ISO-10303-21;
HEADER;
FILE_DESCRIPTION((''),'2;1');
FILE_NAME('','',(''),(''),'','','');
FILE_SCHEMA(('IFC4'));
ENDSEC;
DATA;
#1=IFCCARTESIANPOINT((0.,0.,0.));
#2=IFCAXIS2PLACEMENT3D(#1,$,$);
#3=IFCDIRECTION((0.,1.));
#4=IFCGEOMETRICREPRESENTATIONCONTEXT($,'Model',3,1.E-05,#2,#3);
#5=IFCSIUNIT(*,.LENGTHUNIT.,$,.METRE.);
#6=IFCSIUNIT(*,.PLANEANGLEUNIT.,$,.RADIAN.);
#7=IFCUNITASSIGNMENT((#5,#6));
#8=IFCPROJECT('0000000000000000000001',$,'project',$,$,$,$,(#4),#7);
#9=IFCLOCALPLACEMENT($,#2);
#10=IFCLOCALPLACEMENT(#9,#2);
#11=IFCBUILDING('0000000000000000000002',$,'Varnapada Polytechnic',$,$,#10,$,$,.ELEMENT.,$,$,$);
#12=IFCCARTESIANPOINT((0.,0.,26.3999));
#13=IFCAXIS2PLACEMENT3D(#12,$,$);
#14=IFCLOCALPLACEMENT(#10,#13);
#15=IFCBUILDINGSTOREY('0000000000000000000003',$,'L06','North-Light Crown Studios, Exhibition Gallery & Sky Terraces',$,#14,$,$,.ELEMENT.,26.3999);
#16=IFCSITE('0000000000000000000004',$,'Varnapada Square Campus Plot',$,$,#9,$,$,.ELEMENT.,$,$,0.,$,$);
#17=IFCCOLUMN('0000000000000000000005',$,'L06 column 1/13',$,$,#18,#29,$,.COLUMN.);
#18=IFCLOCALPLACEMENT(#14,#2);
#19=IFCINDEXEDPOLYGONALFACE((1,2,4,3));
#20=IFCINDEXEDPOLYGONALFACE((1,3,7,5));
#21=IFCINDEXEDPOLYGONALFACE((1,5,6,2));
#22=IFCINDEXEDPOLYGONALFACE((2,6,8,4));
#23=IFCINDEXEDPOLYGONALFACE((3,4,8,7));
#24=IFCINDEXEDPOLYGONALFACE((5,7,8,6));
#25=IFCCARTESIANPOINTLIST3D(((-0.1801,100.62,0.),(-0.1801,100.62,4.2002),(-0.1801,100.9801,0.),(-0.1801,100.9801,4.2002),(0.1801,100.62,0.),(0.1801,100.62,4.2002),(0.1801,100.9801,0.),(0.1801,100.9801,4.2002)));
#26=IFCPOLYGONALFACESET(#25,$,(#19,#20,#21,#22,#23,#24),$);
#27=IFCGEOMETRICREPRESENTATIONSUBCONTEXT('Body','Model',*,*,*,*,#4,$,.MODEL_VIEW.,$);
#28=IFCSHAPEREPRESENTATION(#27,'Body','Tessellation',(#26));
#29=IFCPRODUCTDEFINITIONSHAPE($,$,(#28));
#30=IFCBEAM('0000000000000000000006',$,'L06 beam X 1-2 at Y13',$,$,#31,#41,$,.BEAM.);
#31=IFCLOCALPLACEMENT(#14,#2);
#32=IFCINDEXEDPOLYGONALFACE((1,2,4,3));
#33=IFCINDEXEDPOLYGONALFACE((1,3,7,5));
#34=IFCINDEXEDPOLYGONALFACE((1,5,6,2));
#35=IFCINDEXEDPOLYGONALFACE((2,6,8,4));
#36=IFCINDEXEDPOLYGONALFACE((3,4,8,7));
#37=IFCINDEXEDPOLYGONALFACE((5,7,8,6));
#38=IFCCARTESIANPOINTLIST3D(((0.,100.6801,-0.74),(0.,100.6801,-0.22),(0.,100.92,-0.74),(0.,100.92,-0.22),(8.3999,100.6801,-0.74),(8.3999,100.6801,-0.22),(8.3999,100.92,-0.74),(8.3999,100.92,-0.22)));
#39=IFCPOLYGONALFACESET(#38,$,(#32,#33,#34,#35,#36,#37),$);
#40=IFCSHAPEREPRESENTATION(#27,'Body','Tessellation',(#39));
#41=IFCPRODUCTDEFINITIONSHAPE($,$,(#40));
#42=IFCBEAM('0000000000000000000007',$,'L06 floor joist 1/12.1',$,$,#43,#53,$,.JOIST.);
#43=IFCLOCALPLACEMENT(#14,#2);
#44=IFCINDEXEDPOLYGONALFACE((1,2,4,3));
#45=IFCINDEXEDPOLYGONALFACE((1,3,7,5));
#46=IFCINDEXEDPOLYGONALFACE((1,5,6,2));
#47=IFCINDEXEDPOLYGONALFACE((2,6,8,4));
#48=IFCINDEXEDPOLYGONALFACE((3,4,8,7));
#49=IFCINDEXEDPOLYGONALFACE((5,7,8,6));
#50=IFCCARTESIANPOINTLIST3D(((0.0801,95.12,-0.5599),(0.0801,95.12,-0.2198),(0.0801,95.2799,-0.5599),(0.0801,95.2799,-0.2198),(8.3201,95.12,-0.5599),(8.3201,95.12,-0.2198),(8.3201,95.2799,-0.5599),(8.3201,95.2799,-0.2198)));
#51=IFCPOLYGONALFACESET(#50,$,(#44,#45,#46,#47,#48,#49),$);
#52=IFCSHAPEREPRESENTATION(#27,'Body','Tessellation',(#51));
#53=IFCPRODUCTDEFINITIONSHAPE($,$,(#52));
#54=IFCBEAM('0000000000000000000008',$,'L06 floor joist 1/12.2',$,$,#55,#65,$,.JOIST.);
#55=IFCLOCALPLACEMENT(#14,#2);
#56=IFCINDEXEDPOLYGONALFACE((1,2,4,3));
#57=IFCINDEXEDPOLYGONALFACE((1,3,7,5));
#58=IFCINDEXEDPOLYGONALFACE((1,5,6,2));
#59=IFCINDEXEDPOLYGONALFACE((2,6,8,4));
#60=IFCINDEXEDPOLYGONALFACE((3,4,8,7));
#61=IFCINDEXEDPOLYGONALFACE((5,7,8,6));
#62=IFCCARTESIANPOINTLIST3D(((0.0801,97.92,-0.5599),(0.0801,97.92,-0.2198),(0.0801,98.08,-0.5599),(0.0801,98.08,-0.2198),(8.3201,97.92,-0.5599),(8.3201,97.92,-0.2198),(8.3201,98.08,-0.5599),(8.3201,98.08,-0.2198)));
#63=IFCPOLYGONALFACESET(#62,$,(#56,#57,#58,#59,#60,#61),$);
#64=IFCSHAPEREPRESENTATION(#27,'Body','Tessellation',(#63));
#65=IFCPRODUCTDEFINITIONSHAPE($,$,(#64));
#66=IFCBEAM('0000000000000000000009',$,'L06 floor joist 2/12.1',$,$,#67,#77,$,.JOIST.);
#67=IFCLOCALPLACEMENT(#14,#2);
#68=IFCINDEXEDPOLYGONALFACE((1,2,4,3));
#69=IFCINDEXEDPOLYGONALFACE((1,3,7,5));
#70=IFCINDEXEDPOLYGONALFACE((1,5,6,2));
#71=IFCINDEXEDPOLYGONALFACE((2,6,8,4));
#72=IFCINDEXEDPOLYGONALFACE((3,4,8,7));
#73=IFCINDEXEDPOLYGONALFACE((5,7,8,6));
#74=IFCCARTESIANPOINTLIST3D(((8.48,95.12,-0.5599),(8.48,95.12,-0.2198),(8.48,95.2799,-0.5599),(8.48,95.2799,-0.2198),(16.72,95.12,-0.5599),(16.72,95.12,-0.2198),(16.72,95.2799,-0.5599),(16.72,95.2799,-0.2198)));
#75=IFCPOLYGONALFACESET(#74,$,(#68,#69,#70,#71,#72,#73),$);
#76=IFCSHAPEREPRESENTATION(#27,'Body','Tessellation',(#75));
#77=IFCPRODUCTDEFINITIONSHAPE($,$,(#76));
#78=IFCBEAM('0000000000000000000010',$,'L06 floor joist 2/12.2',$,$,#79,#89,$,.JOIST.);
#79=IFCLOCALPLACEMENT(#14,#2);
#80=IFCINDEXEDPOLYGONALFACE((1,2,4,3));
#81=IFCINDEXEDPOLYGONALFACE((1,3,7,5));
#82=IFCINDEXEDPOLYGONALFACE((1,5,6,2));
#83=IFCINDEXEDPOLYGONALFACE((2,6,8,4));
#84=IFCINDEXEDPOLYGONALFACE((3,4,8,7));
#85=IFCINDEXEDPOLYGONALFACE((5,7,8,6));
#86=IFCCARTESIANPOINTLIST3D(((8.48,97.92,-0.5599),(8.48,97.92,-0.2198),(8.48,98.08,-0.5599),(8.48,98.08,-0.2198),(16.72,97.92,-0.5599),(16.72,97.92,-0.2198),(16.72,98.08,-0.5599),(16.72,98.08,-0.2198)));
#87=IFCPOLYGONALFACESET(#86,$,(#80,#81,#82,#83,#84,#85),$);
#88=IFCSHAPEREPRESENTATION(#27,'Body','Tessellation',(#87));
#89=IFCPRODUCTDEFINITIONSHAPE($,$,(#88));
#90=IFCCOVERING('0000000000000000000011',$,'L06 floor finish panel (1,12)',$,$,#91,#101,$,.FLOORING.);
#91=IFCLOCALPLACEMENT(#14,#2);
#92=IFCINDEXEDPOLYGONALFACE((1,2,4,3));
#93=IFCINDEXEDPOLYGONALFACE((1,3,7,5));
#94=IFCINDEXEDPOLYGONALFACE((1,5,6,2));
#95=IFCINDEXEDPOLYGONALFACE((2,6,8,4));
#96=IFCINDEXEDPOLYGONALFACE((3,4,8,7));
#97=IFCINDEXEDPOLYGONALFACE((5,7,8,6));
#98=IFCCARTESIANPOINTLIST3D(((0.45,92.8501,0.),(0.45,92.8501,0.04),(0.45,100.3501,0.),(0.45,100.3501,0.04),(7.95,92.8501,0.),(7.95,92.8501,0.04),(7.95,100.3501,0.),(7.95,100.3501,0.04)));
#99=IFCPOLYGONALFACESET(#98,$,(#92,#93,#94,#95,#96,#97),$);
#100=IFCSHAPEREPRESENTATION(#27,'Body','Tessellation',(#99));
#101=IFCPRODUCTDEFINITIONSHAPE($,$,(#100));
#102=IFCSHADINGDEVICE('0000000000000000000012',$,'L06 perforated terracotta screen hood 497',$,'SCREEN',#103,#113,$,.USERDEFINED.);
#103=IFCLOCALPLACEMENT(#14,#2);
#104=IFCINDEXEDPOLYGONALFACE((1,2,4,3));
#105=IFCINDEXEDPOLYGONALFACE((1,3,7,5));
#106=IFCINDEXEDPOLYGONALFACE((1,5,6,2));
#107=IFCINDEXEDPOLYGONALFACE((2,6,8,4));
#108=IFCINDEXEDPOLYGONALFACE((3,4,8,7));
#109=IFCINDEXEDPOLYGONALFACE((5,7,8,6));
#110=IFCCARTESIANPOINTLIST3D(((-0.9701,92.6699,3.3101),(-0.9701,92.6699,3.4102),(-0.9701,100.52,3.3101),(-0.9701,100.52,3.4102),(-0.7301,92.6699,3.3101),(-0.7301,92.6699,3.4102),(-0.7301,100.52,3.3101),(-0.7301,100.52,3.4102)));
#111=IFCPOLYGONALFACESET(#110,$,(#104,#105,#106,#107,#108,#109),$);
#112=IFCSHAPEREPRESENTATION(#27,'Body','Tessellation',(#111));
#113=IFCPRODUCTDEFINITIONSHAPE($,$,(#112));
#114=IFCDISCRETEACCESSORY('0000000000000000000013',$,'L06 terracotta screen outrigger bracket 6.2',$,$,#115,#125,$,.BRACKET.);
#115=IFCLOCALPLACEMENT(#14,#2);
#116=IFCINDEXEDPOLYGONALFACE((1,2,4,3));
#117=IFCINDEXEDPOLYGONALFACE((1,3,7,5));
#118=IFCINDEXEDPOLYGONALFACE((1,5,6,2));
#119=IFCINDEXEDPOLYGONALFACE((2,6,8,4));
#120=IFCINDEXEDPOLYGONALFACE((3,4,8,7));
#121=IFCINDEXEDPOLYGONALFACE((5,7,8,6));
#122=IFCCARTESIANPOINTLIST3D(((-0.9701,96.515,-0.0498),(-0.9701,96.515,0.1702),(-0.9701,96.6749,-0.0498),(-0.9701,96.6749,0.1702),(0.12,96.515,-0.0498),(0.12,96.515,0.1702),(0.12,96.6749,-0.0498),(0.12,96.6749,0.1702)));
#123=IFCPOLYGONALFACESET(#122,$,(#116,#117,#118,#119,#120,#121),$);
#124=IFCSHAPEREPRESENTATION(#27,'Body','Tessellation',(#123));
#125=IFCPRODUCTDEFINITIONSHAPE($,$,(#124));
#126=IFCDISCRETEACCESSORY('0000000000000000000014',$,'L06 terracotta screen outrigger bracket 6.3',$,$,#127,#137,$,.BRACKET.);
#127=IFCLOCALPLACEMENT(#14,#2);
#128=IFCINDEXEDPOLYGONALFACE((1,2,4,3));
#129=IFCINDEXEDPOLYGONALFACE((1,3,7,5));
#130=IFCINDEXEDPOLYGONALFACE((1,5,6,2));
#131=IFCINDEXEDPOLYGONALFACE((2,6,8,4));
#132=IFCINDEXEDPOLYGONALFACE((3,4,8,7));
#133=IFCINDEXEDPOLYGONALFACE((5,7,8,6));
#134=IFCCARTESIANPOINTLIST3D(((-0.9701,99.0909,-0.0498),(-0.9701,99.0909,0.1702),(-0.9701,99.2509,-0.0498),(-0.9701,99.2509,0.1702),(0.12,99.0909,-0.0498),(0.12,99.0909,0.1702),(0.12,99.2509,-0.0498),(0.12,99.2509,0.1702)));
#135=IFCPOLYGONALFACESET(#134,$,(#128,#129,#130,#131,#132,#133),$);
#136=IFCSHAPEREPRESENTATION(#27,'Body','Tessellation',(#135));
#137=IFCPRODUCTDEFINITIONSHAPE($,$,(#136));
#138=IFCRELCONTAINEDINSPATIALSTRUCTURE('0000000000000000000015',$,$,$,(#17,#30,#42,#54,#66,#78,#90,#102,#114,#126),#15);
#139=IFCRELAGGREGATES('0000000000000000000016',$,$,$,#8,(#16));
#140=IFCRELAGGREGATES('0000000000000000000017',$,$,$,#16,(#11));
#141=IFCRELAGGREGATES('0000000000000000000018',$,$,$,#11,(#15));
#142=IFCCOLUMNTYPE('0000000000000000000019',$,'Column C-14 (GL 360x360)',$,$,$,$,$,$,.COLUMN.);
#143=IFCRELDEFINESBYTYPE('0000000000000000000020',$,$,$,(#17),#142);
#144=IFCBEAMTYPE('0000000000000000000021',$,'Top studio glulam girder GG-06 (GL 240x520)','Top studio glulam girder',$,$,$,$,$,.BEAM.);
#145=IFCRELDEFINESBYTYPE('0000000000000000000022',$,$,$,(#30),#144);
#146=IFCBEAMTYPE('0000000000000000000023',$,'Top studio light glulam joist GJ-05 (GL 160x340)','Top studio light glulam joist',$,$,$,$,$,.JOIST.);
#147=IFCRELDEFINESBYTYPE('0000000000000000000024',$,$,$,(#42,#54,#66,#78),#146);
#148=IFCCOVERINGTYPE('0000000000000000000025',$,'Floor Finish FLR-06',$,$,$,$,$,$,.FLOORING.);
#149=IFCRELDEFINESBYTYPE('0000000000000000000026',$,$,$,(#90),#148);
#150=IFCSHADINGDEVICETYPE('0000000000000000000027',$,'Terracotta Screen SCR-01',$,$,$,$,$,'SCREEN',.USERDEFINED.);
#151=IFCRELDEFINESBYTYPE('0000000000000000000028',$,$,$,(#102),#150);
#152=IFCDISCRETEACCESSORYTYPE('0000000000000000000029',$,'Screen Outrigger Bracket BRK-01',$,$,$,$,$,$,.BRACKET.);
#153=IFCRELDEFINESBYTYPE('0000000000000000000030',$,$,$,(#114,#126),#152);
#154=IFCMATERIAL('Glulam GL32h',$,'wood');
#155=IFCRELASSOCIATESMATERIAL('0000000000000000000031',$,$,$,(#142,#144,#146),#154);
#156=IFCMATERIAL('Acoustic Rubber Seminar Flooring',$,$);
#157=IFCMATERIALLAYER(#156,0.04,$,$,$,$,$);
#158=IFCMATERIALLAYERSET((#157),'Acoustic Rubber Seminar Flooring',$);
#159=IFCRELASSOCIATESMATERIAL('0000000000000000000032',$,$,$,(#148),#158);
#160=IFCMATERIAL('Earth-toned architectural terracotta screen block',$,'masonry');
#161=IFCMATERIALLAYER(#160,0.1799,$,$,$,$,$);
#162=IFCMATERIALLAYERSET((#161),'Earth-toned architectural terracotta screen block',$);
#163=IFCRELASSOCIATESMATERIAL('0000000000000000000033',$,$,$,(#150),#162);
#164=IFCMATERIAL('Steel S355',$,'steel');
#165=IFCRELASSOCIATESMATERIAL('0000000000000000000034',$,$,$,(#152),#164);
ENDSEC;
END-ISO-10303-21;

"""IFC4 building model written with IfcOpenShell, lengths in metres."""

from ifc_helpers import new_model, si_unit, direction, frame, origin, origin_2d, place, context, subcontext, project, spatial, rectangle, extrude, material, layer, layer_set, material_profile, profile_set, type_object, element, save


model = new_model("IFC4")

# Units and contexts
model_context = context("Model", 3, precision=1e-05, world=origin(), true_north=direction((0.0, 1.0)))
body_context = subcontext(model_context, "Body", "Model", "MODEL_VIEW")
ifc_project = project(units=[si_unit("LENGTHUNIT", "METRE"), si_unit("PLANEANGLEUNIT", "RADIAN")], contexts=[model_context])

# Site, building, storey
site_placement = place(None, origin())
site = spatial("IfcSite", under=ifc_project, at=site_placement, Name="Varnapada Square Campus Plot", CompositionType="ELEMENT", RefElevation=0.0)
building_placement = place(site_placement, origin())
building = spatial("IfcBuilding", under=site, at=building_placement, Name="Varnapada Polytechnic", CompositionType="ELEMENT")
storey_placement = place(building_placement, frame((0.0, 0.0, 26.3999)))
storey = spatial("IfcBuildingStorey", under=building, at=storey_placement, Name="L06", Description="North-Light Crown Studios, Exhibition Gallery & Sky Terraces", CompositionType="ELEMENT", Elevation=26.3999)

# Column
ifc_material_1 = material(Name="Glulam GL32h", Category="wood")
ifc_material_profile_1 = material_profile(ifc_material_1, rectangle(XDim=0.3601, YDim=0.3601, at=origin_2d()), Name="GL 360x360")
ifc_profile_set_1 = profile_set([ifc_material_profile_1], Name="Glulam GL32h")
column_type = type_object("IfcColumnType", Name="Column C-14 (GL 360x360)", PredefinedType="COLUMN", material=ifc_profile_set_1)
column_placement = place(storey_placement, frame((0.0, 100.8, 0.0), z_axis=(0.0, 0.0, 1.0), x_axis=(1.0, 0.0, 0.0)))
element("IfcColumn", 1, at=column_placement, inside=storey, type_object=column_type, Name="L06 column 1/13", PredefinedType="COLUMN", context=body_context, shape_type="SweptSolid", body=[
    extrude(rectangle(XDim=0.3601, YDim=0.3601, at=origin_2d()), origin(), (0.0, 0.0, 1.0), 4.2002),
])

# Beams
ifc_material_profile_2 = material_profile(ifc_material_1, rectangle(XDim=0.24, YDim=0.52, at=origin_2d()), Name="GL 240x520")
ifc_profile_set_2 = profile_set([ifc_material_profile_2], Name="Glulam GL32h")
beam_type_1 = type_object("IfcBeamType", Name="Top studio glulam girder GG-06 (GL 240x520)", Description="Top studio glulam girder", PredefinedType="BEAM", material=ifc_profile_set_2)
beam_placement = place(storey_placement, frame((0.0, 100.8, -0.48), z_axis=(1.0, 0.0, 0.0), x_axis=(0.0, 1.0, 0.0)))
element("IfcBeam", 2, at=beam_placement, inside=storey, type_object=beam_type_1, Name="L06 beam X 1-2 at Y13", PredefinedType="BEAM", context=body_context, shape_type="SweptSolid", body=[
    extrude(rectangle(XDim=0.24, YDim=0.52, at=origin_2d()), origin(), (0.0, 0.0, 1.0), 8.3999),
])
ifc_material_profile_3 = material_profile(ifc_material_1, rectangle(XDim=0.1599, YDim=0.3401, at=origin_2d()), Name="GL 160x340")
ifc_profile_set_3 = profile_set([ifc_material_profile_3], Name="Glulam GL32h")
beam_type_2 = type_object("IfcBeamType", Name="Top studio light glulam joist GJ-05 (GL 160x340)", Description="Top studio light glulam joist", PredefinedType="JOIST", material=ifc_profile_set_3)
for number, where, z_axis, x_axis, name in (
    (3, (0.0801, 95.2, -0.3899), (1.0, 0.0, 0.0), (0.0, 1.0, 0.0), "L06 floor joist 1/12.1"),
    (4, (0.0801, 98.0, -0.3899), (1.0, 0.0, 0.0), (0.0, 1.0, 0.0), "L06 floor joist 1/12.2"),
    (5, (8.48, 95.2, -0.3899), (1.0, 0.0, 0.0), (0.0, 1.0, 0.0), "L06 floor joist 2/12.1"),
    (6, (8.48, 98.0, -0.3899), (1.0, 0.0, 0.0), (0.0, 1.0, 0.0), "L06 floor joist 2/12.2"),
):
    element("IfcBeam", number, at=place(storey_placement, frame(where, z_axis=z_axis, x_axis=x_axis)), inside=storey, type_object=beam_type_2, Name=name, PredefinedType="JOIST", context=body_context, shape_type="SweptSolid", body=[
        extrude(rectangle(XDim=0.1599, YDim=0.3401, at=origin_2d()), origin(), (0.0, 0.0, 1.0), 8.24),
    ])

# Covering
ifc_material_2 = material(Name="Acoustic Rubber Seminar Flooring")
ifc_layer_1 = layer(ifc_material_2, 0.04)
ifc_layer_set_1 = layer_set([ifc_layer_1], Name="Acoustic Rubber Seminar Flooring")
covering_type = type_object("IfcCoveringType", Name="Floor Finish FLR-06", PredefinedType="FLOORING", material=ifc_layer_set_1)
covering_placement = place(storey_placement, frame((4.2, 96.6001, 0.0), z_axis=(0.0, 0.0, 1.0), x_axis=(1.0, 0.0, 0.0)))
element("IfcCovering", 7, at=covering_placement, inside=storey, type_object=covering_type, Name="L06 floor finish panel (1,12)", PredefinedType="FLOORING", context=body_context, shape_type="SweptSolid", body=[
    extrude(rectangle(XDim=7.5, YDim=7.5, at=origin_2d()), origin(), (0.0, 0.0, 1.0), 0.04),
])

# Shading device
ifc_material_3 = material(Name="Earth-toned architectural terracotta screen block", Category="masonry")
ifc_layer_2 = layer(ifc_material_3, 0.1799)
ifc_layer_set_2 = layer_set([ifc_layer_2], Name="Earth-toned architectural terracotta screen block")
shading_device_type = type_object("IfcShadingDeviceType", Name="Terracotta Screen SCR-01", ElementType="SCREEN", PredefinedType="USERDEFINED", material=ifc_layer_set_2)
shading_device_placement = place(storey_placement, frame((-0.8501, 96.595, 3.3101), z_axis=(0.0, 0.0, 1.0), x_axis=(0.0, 1.0, 0.0)))
element("IfcShadingDevice", 8, at=shading_device_placement, inside=storey, type_object=shading_device_type, Name="L06 perforated terracotta screen hood 497", ObjectType="SCREEN", PredefinedType="USERDEFINED", context=body_context, shape_type="SweptSolid", body=[
    extrude(rectangle(XDim=7.8501, YDim=0.24, at=origin_2d()), origin(), (0.0, 0.0, 1.0), 0.1001),
])

# Discrete accessories
ifc_material_4 = material(Name="Steel S355", Category="steel")
discrete_accessory_type = type_object("IfcDiscreteAccessoryType", Name="Screen Outrigger Bracket BRK-01", PredefinedType="BRACKET", material=ifc_material_4)
for number, where, z_axis, x_axis, name in (
    (9, (-0.425, 96.595, -0.0498), (0.0, 0.0, 1.0), (0.0, 1.0, 0.0), "L06 terracotta screen outrigger bracket 6.2"),
    (10, (-0.425, 99.1709, -0.0498), (0.0, 0.0, 1.0), (0.0, 1.0, 0.0), "L06 terracotta screen outrigger bracket 6.3"),
):
    element("IfcDiscreteAccessory", number, at=place(storey_placement, frame(where, z_axis=z_axis, x_axis=x_axis)), inside=storey, type_object=discrete_accessory_type, Name=name, PredefinedType="BRACKET", context=body_context, shape_type="SweptSolid", body=[
        extrude(rectangle(XDim=0.1599, YDim=1.0901, at=origin_2d()), origin(), (0.0, 0.0, 1.0), 0.22),
    ])

save(model, "model.ifc")
